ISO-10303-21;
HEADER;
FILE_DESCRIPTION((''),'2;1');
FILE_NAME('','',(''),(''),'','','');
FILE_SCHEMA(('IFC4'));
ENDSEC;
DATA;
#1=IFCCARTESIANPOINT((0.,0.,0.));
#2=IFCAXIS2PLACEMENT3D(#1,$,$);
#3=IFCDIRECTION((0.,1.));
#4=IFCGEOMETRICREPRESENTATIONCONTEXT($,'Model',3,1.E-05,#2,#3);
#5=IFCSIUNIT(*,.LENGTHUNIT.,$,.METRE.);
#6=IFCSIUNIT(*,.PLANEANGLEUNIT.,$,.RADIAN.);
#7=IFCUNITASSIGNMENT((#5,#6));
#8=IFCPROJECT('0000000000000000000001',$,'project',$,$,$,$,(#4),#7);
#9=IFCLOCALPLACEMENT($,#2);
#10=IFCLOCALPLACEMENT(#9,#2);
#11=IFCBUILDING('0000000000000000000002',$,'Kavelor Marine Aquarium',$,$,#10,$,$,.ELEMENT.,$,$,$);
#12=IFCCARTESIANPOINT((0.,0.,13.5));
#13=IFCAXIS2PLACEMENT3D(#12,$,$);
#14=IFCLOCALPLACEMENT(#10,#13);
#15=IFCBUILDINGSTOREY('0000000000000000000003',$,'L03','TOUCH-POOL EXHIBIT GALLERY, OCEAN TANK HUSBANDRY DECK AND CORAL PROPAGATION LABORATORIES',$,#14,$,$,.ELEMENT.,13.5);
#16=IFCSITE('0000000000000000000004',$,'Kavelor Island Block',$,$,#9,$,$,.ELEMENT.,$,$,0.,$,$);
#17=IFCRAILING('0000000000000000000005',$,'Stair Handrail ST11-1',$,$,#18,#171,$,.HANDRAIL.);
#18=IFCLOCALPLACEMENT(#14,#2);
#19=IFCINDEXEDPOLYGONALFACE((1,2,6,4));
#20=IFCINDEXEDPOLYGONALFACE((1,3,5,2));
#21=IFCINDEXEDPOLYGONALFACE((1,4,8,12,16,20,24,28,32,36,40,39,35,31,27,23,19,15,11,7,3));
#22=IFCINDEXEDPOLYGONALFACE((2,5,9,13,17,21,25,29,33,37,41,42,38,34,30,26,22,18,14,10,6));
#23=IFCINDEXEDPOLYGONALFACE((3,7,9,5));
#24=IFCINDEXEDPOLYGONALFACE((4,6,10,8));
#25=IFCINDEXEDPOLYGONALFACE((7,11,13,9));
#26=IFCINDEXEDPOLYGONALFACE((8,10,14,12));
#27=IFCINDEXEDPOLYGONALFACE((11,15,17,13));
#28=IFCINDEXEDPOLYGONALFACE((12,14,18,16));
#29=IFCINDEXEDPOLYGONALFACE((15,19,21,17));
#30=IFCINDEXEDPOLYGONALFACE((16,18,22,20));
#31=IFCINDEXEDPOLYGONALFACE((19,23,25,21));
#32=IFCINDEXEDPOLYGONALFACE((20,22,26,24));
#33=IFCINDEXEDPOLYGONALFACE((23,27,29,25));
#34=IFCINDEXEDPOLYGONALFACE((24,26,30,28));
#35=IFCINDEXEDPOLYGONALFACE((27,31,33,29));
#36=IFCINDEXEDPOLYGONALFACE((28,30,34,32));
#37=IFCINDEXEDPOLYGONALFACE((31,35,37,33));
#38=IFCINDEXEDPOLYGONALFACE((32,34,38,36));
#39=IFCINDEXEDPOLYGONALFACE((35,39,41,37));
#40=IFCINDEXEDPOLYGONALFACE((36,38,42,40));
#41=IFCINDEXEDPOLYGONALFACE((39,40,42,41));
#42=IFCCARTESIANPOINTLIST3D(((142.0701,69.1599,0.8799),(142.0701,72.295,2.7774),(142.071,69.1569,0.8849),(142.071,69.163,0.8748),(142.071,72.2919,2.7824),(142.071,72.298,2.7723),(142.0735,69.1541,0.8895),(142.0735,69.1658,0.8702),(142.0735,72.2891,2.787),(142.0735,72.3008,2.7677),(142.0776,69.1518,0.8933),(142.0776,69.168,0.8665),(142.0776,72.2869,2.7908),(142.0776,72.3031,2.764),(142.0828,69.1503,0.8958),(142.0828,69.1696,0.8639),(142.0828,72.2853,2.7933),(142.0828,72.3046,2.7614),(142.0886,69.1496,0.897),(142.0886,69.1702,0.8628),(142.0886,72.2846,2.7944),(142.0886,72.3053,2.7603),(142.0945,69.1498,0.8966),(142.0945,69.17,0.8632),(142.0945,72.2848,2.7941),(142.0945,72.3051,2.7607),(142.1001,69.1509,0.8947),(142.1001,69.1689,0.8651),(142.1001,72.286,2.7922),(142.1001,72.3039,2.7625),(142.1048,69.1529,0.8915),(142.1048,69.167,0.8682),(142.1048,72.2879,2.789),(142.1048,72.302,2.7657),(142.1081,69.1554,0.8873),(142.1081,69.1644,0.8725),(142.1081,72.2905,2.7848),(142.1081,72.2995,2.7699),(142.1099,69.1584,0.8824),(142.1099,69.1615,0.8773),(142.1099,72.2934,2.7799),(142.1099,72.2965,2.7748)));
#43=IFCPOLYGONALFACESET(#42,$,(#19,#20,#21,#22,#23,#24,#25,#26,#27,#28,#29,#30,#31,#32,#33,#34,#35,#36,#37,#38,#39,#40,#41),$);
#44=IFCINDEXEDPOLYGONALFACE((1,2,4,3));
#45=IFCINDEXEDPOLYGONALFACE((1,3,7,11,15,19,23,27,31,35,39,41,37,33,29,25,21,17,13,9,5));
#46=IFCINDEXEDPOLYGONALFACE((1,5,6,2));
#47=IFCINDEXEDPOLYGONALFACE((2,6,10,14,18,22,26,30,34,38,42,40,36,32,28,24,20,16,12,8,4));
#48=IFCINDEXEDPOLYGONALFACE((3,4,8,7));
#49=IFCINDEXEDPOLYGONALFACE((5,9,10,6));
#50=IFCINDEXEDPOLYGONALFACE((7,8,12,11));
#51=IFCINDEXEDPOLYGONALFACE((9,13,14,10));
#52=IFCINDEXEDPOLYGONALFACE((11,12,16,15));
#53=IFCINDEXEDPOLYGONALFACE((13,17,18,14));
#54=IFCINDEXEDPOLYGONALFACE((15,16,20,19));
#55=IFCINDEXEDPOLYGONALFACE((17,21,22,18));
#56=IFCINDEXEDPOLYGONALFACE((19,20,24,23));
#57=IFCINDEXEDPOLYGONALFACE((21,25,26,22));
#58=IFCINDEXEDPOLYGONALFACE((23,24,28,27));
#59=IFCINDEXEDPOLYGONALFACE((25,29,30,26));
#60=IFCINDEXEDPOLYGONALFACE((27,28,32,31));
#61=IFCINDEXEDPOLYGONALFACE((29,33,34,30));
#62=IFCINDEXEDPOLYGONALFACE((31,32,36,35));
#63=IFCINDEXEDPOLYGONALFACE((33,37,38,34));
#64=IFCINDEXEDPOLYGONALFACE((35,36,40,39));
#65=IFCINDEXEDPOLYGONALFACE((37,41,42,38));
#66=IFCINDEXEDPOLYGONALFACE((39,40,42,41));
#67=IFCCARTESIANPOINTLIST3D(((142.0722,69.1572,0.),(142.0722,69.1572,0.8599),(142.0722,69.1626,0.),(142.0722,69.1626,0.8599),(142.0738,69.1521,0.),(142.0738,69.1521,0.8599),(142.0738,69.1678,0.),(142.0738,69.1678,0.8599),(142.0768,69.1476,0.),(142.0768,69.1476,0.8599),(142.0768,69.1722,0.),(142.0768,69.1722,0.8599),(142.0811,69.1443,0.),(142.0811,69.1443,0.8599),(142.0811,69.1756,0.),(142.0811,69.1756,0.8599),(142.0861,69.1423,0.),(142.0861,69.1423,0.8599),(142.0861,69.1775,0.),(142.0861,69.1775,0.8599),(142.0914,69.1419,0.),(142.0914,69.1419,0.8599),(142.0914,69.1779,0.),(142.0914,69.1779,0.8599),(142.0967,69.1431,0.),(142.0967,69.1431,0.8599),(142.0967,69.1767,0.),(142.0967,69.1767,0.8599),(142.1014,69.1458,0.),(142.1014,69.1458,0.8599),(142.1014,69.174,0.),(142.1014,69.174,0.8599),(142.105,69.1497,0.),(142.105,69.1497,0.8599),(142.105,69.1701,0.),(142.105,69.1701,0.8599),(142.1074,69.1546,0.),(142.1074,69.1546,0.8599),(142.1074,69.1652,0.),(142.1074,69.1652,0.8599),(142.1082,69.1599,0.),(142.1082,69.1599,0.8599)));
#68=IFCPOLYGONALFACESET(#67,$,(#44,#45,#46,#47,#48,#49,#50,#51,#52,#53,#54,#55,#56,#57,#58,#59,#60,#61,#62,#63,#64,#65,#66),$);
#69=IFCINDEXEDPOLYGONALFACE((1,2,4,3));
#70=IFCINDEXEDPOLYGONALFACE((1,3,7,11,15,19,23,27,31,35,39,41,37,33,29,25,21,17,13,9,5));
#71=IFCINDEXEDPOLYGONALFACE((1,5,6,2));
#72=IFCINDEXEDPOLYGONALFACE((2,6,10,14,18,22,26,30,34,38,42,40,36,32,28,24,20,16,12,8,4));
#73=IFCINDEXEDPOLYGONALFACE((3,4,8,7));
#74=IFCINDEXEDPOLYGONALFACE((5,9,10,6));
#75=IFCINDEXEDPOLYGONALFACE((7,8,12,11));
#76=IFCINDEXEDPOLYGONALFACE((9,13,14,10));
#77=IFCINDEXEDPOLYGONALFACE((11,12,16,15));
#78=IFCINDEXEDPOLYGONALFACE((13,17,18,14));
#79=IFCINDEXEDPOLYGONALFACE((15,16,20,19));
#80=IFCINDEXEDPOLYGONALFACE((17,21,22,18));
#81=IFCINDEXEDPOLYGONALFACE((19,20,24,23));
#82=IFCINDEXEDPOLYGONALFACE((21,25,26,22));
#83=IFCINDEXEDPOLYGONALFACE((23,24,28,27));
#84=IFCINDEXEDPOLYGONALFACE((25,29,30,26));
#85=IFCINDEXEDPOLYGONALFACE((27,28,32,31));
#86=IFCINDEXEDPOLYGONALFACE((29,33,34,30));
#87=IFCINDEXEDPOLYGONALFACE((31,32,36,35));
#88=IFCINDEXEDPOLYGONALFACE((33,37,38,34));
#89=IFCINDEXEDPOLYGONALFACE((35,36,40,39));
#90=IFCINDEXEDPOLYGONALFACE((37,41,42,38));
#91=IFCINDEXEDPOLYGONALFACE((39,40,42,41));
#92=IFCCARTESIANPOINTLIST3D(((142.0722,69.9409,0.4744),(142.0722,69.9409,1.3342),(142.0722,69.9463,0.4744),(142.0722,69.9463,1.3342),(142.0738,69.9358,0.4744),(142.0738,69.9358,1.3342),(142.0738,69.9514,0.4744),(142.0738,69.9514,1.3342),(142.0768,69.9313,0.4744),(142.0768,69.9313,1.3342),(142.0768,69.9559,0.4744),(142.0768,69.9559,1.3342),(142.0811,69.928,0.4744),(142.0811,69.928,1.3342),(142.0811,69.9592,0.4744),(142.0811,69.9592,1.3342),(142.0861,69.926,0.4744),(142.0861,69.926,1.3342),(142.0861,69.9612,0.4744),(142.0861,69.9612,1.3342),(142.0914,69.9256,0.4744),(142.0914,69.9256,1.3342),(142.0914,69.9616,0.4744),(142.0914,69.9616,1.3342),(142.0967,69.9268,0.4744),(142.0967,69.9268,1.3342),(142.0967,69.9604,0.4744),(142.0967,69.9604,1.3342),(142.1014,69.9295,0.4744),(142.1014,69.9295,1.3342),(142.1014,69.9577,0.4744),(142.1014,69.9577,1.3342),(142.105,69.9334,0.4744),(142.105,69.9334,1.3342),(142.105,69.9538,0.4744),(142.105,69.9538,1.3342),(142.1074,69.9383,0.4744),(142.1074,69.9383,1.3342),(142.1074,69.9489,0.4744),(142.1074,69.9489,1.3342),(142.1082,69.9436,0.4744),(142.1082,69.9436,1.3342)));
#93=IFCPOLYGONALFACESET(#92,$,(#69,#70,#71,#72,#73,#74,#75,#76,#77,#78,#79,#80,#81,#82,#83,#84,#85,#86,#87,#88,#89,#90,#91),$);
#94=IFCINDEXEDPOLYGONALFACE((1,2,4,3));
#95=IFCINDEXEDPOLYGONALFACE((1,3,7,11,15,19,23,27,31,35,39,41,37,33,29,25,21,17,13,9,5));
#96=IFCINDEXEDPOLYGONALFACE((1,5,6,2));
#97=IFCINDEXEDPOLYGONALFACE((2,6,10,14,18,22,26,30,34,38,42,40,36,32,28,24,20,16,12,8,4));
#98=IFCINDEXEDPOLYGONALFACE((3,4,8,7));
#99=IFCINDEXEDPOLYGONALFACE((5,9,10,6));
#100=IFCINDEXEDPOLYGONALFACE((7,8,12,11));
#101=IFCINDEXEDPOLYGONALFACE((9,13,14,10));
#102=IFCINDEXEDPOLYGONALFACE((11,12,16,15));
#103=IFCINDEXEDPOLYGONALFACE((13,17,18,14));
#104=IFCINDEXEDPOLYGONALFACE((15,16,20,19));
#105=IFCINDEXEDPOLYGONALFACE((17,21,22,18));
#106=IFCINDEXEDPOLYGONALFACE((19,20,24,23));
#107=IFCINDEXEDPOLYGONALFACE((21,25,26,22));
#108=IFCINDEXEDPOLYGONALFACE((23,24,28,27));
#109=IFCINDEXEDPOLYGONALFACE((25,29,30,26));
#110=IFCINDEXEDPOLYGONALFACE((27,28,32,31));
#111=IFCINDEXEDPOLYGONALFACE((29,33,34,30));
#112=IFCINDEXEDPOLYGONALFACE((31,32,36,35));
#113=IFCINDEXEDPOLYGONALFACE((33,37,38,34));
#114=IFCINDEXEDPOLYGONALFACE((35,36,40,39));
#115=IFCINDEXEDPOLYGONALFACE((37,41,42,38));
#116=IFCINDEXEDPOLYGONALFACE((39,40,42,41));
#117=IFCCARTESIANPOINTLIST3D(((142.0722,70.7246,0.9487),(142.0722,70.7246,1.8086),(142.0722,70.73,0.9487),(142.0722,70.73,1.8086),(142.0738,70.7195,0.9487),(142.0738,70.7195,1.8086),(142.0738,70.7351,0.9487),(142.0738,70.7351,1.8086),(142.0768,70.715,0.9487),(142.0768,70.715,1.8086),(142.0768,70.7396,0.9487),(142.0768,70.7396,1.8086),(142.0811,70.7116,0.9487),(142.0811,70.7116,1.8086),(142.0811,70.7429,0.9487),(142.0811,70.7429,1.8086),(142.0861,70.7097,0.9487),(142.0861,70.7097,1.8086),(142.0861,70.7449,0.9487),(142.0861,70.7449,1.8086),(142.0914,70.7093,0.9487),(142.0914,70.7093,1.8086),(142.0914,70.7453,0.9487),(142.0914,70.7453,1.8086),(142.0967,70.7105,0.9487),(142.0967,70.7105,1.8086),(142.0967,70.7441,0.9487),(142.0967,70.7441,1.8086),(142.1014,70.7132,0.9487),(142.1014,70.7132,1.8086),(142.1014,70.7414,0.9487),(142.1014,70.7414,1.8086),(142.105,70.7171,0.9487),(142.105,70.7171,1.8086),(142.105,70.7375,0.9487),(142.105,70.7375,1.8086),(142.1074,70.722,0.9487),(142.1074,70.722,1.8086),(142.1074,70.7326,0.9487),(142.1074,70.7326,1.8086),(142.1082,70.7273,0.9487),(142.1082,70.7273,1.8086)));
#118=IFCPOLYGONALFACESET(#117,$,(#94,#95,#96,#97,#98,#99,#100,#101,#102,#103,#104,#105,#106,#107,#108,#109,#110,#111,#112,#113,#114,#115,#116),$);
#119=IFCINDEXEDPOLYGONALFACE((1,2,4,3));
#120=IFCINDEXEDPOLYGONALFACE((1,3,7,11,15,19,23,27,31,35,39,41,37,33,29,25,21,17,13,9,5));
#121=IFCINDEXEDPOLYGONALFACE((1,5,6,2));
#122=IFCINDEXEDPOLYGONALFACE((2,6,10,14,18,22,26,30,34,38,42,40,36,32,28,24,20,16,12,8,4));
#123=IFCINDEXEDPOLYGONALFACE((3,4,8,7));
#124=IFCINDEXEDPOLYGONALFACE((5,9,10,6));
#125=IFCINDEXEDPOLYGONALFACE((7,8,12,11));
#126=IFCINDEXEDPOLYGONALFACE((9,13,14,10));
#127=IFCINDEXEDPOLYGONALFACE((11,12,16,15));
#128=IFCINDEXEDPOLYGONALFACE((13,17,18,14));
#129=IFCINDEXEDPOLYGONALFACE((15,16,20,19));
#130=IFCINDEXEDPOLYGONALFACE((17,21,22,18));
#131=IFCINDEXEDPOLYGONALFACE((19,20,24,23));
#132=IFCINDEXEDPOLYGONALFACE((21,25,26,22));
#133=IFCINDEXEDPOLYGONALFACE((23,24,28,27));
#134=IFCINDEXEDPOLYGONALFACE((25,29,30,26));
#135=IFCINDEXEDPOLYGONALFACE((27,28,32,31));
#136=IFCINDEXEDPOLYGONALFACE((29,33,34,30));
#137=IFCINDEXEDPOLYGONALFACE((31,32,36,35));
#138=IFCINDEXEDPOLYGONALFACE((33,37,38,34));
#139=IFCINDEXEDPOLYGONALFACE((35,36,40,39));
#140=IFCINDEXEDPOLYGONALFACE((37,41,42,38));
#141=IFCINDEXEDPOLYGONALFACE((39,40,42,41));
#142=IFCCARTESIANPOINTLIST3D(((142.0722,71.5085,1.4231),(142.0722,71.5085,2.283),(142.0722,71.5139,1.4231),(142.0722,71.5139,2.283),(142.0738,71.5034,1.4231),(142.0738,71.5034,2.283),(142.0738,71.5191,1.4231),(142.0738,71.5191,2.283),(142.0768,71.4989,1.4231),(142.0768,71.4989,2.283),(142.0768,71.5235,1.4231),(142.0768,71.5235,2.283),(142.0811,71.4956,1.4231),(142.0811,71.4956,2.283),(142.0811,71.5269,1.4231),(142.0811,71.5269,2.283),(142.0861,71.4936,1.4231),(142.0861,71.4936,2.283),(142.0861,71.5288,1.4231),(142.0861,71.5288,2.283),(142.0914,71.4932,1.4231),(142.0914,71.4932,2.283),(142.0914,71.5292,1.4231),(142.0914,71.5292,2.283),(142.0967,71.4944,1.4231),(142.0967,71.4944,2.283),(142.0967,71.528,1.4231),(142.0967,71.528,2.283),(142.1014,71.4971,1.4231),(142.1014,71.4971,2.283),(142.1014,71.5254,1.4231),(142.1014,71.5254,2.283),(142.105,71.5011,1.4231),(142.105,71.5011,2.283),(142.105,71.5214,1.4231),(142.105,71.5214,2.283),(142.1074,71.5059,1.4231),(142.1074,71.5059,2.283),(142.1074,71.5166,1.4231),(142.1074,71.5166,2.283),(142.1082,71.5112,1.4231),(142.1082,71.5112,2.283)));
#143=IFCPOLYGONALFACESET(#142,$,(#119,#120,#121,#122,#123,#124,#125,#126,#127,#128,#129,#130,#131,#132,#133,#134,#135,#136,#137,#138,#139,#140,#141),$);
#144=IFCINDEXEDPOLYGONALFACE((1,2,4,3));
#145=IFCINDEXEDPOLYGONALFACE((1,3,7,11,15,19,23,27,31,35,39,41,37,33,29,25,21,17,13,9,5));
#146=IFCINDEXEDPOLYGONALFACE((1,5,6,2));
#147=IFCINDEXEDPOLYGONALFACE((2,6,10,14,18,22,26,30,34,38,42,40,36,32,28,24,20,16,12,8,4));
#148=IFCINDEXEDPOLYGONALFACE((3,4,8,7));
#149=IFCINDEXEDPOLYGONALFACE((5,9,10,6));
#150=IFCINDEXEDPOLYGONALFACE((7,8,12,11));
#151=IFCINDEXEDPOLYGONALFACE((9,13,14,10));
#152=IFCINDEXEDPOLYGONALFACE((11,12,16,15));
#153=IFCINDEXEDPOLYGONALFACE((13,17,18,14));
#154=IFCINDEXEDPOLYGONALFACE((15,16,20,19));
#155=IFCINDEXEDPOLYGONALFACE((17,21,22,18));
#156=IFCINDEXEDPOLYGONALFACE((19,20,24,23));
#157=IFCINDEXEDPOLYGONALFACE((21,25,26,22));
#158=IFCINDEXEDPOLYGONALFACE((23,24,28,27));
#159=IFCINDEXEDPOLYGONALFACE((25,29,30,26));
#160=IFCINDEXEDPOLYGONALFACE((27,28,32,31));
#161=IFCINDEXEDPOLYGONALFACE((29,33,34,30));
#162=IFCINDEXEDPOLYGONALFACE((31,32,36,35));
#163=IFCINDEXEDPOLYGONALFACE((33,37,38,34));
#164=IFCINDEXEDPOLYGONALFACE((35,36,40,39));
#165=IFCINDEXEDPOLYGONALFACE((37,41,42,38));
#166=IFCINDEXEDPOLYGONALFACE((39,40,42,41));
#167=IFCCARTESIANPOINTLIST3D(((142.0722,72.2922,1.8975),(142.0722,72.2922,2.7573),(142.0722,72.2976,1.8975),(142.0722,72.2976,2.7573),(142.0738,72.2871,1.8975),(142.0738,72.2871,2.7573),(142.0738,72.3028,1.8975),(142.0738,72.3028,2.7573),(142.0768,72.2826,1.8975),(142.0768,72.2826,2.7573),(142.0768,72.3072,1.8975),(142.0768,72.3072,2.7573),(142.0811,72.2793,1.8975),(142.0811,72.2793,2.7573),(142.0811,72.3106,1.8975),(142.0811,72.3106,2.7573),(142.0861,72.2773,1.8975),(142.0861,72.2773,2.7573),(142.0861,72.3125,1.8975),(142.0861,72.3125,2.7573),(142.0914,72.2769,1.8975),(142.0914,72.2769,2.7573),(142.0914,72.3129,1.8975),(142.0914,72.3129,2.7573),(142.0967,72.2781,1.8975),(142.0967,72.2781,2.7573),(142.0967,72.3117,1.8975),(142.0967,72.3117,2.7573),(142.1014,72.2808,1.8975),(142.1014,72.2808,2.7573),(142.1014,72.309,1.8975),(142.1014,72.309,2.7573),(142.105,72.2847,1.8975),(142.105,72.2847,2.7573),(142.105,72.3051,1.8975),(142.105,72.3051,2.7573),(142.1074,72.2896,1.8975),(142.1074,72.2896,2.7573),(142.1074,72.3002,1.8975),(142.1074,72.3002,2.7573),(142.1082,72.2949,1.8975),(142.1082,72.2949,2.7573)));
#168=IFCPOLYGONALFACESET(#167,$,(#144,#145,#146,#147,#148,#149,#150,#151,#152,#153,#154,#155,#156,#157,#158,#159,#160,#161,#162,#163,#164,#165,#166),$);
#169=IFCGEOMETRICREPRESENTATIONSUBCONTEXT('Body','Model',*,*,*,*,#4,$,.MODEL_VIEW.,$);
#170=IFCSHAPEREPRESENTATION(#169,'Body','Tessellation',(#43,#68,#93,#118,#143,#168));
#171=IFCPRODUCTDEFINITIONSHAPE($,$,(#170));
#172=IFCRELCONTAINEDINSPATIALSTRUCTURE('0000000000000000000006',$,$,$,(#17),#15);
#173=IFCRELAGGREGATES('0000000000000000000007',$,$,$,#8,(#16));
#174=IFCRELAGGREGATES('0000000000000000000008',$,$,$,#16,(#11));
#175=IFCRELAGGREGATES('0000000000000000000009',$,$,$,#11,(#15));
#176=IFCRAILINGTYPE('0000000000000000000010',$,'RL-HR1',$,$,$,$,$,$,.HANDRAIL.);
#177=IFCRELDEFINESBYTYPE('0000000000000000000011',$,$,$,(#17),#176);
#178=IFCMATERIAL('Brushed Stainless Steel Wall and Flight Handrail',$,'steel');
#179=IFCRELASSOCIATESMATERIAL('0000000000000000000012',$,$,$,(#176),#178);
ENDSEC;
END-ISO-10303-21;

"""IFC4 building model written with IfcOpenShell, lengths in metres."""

from ifc_helpers import new_model, si_unit, direction, frame, origin, origin_2d, place, context, subcontext, project, spatial, circle, extrude, material, type_object, element, save


model = new_model("IFC4")

# Units and contexts
model_context = context("Model", 3, precision=1e-05, world=origin(), true_north=direction((0.0, 1.0)))
body_context = subcontext(model_context, "Body", "Model", "MODEL_VIEW")
ifc_project = project(units=[si_unit("LENGTHUNIT", "METRE"), si_unit("PLANEANGLEUNIT", "RADIAN")], contexts=[model_context])

# Site, building, storey
site_placement = place(None, origin())
site = spatial("IfcSite", under=ifc_project, at=site_placement, Name="Kavelor Island Block", CompositionType="ELEMENT", RefElevation=0.0)
building_placement = place(site_placement, origin())
building = spatial("IfcBuilding", under=site, at=building_placement, Name="Kavelor Marine Aquarium", CompositionType="ELEMENT")
storey_placement = place(building_placement, frame((0.0, 0.0, 13.5)))
storey = spatial("IfcBuildingStorey", under=building, at=storey_placement, Name="L03", Description="TOUCH-POOL EXHIBIT GALLERY, OCEAN TANK HUSBANDRY DECK AND CORAL PROPAGATION LABORATORIES", CompositionType="ELEMENT", Elevation=13.5)

# Railing
ifc_material_1 = material(Name="Brushed Stainless Steel Wall and Flight Handrail", Category="steel")
railing_type_1 = type_object("IfcRailingType", Name="RL-HR1", PredefinedType="HANDRAIL", material=ifc_material_1)
railing_1_placement = place(storey_placement, frame((142.0901, 69.1599, 0.0)))
element("IfcRailing", 1, at=railing_1_placement, inside=storey, type_object=railing_type_1, Name="Stair Handrail ST11-1", PredefinedType="HANDRAIL", context=body_context, shape_type="SweptSolid", body=[
    extrude(circle(Radius=0.02, at=origin_2d()), frame((0.0, 0.0, 0.8799), z_axis=(0.0, 0.855506, 0.517794), x_axis=(-1.0, 0.0, 0.0)), (0.0, 0.0, 1.0), 3.6646),
    extrude(circle(Radius=0.0181, at=origin_2d()), origin(), (0.0, 0.0, 1.0), 0.8599),
    extrude(circle(Radius=0.0181, at=origin_2d()), frame((0.0, 0.7837, 0.4744)), (0.0, 0.0, 1.0), 0.8599),
    extrude(circle(Radius=0.0181, at=origin_2d()), frame((0.0, 1.5674, 0.9487)), (0.0, 0.0, 1.0), 0.8599),
    extrude(circle(Radius=0.0181, at=origin_2d()), frame((0.0, 2.3513, 1.4231)), (0.0, 0.0, 1.0), 0.8599),
    extrude(circle(Radius=0.0181, at=origin_2d()), frame((0.0, 3.135, 1.8975)), (0.0, 0.0, 1.0), 0.8599),
])

save(model, "model.ifc")
